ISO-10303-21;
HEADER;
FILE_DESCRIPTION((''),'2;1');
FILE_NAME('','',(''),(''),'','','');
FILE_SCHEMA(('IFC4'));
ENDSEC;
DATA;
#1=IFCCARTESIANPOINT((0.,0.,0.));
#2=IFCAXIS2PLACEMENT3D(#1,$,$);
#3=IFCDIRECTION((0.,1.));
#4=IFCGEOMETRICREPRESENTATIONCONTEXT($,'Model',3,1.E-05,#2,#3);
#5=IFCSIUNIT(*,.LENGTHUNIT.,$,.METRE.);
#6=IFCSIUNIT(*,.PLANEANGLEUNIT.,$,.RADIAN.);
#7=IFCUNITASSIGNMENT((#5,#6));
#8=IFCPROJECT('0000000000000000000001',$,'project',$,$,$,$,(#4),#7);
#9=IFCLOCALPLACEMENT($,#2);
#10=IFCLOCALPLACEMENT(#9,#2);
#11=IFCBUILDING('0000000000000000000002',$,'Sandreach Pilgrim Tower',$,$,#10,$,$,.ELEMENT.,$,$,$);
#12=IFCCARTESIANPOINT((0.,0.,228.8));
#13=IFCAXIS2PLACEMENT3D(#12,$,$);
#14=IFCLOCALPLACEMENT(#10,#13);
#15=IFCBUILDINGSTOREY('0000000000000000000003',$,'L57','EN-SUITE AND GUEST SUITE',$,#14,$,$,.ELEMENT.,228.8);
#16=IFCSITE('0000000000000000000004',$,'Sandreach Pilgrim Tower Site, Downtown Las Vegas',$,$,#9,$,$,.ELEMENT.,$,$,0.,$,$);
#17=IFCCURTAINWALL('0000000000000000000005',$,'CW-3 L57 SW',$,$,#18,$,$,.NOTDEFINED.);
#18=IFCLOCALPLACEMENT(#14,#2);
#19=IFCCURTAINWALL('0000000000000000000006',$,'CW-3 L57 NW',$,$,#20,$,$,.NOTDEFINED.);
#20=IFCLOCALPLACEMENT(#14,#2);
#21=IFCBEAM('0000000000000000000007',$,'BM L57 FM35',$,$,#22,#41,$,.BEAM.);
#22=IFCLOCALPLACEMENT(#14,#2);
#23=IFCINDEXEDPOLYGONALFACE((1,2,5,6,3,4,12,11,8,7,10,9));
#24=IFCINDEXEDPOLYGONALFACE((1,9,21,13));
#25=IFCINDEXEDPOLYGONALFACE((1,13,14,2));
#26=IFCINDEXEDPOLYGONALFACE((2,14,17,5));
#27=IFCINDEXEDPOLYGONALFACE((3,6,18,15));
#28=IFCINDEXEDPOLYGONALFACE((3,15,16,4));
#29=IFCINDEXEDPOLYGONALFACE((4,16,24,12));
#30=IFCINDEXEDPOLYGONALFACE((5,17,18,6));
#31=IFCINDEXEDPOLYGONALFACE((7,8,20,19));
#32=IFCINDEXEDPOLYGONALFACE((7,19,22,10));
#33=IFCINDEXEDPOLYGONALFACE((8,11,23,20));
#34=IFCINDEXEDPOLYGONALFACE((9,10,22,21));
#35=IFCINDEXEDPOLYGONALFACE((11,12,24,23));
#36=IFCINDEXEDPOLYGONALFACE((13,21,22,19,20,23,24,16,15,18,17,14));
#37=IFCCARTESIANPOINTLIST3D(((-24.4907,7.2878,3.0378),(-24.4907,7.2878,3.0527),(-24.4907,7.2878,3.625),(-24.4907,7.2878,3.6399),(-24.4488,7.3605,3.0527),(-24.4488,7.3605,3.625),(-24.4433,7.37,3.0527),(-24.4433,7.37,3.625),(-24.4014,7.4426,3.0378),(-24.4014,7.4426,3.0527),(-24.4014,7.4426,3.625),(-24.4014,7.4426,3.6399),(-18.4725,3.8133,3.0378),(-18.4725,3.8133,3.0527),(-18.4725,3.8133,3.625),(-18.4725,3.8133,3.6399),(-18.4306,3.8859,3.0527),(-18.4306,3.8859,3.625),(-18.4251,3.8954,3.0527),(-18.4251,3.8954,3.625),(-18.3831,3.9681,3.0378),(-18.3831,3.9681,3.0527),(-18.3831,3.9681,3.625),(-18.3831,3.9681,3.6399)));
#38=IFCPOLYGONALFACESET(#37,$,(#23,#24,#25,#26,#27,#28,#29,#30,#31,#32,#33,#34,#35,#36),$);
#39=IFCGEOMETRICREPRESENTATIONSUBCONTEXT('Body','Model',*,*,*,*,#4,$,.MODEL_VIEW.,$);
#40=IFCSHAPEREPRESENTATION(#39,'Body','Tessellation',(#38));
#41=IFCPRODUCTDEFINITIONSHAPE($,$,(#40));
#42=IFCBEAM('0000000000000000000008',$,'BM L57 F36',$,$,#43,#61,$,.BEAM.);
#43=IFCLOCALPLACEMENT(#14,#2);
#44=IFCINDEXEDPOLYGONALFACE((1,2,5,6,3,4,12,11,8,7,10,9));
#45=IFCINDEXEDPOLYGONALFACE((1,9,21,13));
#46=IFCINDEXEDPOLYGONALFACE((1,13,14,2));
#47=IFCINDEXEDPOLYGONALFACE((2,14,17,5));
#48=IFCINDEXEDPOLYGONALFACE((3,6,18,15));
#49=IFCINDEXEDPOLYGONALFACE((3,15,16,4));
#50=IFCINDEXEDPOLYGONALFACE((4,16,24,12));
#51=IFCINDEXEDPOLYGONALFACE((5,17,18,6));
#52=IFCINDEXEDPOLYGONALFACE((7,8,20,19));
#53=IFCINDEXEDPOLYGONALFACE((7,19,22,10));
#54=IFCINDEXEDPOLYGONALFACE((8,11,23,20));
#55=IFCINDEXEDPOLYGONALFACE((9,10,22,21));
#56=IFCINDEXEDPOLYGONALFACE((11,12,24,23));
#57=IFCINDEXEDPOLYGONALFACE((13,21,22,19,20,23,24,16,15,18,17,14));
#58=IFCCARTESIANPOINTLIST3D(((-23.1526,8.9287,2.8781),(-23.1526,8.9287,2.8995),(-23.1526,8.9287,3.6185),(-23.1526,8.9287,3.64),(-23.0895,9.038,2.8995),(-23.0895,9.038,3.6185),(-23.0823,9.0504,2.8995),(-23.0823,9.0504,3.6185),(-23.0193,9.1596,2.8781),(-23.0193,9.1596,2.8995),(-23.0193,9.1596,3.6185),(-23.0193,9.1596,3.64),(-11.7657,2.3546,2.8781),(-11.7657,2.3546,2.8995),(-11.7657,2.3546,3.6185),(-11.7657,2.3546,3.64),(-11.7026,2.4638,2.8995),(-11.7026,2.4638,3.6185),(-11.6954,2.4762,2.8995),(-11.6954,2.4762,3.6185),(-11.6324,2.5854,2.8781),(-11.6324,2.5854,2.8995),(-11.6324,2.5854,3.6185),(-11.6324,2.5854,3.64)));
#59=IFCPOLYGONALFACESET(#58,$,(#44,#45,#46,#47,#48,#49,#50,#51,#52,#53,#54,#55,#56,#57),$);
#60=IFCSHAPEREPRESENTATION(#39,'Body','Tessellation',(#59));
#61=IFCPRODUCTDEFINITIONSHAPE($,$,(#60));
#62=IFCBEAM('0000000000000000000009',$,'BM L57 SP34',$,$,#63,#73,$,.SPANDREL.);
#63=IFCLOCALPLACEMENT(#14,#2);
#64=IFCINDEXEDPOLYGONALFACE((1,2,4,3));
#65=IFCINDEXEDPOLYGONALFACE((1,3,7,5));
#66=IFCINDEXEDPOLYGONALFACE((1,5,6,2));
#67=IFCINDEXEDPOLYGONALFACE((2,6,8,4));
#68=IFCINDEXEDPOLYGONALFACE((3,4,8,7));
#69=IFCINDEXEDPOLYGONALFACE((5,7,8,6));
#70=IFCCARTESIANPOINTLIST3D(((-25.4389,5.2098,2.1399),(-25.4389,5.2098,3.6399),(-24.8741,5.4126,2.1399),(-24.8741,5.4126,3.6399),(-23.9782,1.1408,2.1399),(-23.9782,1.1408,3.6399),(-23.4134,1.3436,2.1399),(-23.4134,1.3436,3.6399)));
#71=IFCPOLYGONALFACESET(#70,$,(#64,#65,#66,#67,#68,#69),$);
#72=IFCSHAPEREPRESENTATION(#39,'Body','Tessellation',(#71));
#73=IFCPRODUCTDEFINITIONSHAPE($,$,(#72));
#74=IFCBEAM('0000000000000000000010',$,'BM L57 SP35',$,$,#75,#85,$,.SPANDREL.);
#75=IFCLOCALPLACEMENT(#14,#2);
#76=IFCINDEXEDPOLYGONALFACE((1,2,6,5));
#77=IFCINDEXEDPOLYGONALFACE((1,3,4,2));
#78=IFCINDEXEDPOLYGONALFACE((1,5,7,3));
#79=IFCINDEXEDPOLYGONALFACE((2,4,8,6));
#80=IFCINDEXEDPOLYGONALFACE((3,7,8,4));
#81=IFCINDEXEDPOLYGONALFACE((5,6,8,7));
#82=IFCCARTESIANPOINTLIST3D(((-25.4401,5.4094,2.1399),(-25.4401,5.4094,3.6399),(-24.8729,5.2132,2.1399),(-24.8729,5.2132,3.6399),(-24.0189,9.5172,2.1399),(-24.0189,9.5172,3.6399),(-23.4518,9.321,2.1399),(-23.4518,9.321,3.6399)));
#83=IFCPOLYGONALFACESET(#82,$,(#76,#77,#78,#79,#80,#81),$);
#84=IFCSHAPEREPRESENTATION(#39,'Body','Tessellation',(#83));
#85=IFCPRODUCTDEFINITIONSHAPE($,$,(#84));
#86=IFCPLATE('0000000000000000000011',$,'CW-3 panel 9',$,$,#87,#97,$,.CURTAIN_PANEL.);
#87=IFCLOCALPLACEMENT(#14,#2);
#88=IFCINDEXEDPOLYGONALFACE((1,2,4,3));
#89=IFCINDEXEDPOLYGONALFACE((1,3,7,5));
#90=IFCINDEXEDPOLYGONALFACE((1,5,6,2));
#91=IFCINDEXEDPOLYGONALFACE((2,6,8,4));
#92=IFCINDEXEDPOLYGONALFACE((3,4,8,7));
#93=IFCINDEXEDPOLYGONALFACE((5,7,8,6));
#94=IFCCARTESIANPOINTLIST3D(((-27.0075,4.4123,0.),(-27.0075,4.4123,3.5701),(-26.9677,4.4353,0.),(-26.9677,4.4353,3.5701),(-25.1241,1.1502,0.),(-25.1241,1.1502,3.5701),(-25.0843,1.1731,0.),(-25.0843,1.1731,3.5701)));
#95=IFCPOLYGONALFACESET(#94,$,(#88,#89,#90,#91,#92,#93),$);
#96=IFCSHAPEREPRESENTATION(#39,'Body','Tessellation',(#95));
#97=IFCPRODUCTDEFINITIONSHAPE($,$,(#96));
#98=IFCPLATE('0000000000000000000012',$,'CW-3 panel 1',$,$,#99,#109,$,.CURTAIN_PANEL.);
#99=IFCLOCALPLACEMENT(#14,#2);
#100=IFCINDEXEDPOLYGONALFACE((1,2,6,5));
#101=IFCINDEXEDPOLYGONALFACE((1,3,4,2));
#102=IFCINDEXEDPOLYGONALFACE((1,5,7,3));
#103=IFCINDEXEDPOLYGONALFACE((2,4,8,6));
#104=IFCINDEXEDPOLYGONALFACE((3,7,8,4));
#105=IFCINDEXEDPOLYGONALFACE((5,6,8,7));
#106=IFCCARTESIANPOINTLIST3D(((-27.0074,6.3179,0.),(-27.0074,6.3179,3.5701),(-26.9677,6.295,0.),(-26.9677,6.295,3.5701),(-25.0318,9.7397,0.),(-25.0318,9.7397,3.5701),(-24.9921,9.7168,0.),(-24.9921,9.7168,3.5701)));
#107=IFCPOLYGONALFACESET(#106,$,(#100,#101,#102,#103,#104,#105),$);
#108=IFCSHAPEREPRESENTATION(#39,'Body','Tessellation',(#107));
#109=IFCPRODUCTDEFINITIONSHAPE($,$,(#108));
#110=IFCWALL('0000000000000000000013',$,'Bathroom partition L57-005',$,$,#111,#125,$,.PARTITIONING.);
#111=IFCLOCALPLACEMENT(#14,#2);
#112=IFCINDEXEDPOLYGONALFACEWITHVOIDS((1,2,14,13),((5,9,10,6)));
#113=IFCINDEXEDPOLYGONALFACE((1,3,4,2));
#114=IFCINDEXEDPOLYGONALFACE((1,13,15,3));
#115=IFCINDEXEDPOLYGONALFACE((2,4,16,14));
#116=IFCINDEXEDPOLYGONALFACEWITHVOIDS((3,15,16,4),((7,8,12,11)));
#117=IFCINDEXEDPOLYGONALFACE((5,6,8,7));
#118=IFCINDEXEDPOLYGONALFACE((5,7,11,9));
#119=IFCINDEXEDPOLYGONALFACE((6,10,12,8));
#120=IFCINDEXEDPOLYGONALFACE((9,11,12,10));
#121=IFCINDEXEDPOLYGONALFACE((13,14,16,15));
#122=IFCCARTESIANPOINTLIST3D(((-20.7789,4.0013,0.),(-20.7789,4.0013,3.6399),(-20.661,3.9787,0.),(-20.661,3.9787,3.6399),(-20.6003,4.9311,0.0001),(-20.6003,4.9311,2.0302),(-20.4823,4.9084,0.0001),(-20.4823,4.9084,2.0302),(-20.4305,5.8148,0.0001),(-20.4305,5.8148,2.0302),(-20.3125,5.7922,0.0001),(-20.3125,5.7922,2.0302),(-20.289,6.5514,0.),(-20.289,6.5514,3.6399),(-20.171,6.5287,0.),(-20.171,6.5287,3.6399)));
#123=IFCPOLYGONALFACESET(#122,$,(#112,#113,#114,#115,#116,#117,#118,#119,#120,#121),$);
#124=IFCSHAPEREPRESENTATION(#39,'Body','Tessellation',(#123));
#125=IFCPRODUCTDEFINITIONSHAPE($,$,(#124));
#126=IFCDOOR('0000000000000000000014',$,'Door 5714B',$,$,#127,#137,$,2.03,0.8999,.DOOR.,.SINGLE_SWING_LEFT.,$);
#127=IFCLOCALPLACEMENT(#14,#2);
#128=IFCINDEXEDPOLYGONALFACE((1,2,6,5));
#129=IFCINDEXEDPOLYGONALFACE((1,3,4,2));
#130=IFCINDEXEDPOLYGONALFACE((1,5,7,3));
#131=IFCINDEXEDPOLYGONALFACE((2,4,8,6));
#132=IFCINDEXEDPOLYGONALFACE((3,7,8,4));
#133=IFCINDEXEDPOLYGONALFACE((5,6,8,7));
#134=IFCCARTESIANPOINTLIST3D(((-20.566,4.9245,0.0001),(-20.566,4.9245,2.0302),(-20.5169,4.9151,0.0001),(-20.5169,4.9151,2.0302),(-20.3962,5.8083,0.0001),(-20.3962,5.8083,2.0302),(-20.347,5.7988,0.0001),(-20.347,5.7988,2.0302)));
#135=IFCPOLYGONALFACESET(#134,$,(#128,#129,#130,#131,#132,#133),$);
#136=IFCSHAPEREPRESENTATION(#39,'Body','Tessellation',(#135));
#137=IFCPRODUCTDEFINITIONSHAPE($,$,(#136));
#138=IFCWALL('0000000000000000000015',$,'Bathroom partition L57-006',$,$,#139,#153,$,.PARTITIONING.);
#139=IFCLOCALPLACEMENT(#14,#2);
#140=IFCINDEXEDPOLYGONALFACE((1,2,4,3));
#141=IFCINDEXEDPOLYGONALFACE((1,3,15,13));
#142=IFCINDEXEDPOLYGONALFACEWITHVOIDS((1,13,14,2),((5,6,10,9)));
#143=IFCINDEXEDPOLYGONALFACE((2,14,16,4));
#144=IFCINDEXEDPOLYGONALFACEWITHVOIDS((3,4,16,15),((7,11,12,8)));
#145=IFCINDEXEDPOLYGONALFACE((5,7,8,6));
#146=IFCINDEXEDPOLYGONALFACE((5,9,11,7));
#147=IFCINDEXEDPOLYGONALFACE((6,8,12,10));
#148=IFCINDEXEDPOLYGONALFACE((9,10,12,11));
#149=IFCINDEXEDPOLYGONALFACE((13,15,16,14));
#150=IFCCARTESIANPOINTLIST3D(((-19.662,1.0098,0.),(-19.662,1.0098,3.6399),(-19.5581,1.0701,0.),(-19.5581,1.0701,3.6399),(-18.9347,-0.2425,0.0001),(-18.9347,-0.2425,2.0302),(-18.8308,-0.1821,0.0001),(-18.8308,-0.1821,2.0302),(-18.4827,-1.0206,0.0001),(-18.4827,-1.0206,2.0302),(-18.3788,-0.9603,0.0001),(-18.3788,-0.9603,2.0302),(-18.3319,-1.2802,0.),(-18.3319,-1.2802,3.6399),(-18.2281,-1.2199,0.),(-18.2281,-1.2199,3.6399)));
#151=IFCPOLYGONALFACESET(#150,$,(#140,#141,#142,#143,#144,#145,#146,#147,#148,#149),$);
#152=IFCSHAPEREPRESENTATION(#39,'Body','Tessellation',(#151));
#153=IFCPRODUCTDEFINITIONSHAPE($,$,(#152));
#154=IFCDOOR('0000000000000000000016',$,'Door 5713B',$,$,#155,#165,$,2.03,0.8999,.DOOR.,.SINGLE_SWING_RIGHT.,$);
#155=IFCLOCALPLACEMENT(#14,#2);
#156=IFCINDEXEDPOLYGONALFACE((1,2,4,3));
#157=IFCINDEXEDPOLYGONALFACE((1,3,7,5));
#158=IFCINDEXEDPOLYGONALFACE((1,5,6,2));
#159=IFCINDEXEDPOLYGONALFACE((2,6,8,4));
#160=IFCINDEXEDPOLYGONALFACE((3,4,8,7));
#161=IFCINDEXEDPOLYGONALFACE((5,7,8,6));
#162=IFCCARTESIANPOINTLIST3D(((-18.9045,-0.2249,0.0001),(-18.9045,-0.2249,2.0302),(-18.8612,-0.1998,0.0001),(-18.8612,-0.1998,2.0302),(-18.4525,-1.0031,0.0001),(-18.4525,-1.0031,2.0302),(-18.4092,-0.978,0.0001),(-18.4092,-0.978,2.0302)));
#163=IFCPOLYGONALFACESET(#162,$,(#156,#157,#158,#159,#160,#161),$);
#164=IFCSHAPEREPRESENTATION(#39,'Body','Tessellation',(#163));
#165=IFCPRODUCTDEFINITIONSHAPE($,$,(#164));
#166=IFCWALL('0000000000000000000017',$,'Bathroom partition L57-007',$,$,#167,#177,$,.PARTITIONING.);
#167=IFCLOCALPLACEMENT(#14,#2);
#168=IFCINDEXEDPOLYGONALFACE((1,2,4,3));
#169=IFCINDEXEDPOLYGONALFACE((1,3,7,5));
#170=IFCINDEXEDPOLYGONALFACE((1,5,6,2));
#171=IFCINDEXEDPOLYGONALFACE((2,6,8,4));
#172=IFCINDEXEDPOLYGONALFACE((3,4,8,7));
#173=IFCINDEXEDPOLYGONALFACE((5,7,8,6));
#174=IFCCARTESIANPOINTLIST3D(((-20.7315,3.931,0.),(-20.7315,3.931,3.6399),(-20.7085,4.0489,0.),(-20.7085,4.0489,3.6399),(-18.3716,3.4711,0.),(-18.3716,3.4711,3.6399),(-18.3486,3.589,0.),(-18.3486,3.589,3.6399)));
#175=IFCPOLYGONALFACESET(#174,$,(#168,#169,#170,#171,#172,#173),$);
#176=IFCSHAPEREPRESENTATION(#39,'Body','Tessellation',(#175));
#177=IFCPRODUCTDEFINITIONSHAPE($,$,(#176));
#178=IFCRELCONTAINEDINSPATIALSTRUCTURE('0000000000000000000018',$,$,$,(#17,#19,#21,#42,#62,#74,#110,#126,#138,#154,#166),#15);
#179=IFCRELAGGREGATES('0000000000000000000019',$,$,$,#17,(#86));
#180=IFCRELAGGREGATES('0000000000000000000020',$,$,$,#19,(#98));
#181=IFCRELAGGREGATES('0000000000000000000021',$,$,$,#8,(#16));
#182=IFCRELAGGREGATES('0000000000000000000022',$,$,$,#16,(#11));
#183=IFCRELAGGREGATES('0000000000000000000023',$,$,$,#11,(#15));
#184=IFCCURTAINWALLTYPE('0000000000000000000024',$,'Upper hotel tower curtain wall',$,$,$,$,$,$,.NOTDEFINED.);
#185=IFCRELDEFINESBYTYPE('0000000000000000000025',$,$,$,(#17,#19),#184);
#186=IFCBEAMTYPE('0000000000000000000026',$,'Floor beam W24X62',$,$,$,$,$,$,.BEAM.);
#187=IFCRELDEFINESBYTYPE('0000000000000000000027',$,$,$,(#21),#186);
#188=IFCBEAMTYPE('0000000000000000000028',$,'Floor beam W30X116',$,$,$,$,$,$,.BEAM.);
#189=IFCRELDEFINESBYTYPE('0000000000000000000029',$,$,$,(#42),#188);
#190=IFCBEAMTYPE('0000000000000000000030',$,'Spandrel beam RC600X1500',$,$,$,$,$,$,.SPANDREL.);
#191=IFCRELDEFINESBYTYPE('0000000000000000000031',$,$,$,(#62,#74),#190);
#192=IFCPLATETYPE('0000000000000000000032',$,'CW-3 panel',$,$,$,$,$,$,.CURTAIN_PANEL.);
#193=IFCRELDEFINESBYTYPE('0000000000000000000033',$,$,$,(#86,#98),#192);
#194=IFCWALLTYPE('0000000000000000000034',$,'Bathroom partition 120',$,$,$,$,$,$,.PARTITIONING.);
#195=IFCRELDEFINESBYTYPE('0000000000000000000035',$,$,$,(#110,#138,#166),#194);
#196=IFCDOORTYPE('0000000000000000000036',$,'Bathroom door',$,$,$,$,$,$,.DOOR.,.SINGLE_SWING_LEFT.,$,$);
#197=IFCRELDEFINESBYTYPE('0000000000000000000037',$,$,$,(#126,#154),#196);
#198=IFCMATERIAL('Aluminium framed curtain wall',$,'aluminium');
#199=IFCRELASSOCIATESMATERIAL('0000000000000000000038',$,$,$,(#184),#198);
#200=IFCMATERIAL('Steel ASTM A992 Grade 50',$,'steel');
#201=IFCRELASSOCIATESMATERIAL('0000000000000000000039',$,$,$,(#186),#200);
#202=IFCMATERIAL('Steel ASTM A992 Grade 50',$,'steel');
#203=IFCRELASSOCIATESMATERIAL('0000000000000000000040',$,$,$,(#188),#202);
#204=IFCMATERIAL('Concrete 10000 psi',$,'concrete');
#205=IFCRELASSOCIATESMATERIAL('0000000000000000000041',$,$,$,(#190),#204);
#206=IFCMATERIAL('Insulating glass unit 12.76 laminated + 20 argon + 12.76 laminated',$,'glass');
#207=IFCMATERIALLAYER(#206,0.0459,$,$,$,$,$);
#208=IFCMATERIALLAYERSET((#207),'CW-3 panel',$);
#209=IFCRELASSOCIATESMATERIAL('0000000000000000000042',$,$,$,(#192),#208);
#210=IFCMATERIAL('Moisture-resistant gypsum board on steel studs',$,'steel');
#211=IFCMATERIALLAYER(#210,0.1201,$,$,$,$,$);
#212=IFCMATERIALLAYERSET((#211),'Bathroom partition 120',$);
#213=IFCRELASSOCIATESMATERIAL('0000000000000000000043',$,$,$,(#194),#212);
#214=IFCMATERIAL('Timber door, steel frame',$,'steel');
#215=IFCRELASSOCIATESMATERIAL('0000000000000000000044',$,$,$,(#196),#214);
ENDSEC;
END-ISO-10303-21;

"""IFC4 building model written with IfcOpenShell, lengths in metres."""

from ifc_helpers import new_model, si_unit, direction, frame, frame_2d, origin, origin_2d, place, context, subcontext, project, spatial, rectangle, i_section, extrude, material, layer, layer_set, material_profile, profile_set, type_object, element, fill, aggregate, save


model = new_model("IFC4")

# Units and contexts
model_context = context("Model", 3, precision=1e-05, world=origin(), true_north=direction((0.0, 1.0)))
body_context = subcontext(model_context, "Body", "Model", "MODEL_VIEW")
ifc_project = project(units=[si_unit("LENGTHUNIT", "METRE"), si_unit("PLANEANGLEUNIT", "RADIAN")], contexts=[model_context])

# Site, building, storey
site_placement = place(None, origin())
site = spatial("IfcSite", under=ifc_project, at=site_placement, Name="Sandreach Pilgrim Tower Site, Downtown Las Vegas", CompositionType="ELEMENT", RefElevation=0.0)
building_placement = place(site_placement, origin())
building = spatial("IfcBuilding", under=site, at=building_placement, Name="Sandreach Pilgrim Tower", CompositionType="ELEMENT")
storey_placement = place(building_placement, frame((0.0, 0.0, 228.8)))
storey = spatial("IfcBuildingStorey", under=building, at=storey_placement, Name="L57", Description="EN-SUITE AND GUEST SUITE", CompositionType="ELEMENT", Elevation=228.8)

# Curtain wall
ifc_material_1 = material(Name="Aluminium framed curtain wall", Category="aluminium")
curtain_wall_type = type_object("IfcCurtainWallType", Name="Upper hotel tower curtain wall", PredefinedType="NOTDEFINED", material=ifc_material_1)
curtain_wall_1_placement = place(storey_placement, origin())
curtain_wall_1 = element("IfcCurtainWall", 1, at=curtain_wall_1_placement, inside=storey, type_object=curtain_wall_type, Name="CW-3 L57 SW", PredefinedType="NOTDEFINED")

# Curtain wall
curtain_wall_2_placement = place(storey_placement, origin())
curtain_wall_2 = element("IfcCurtainWall", 2, at=curtain_wall_2_placement, inside=storey, type_object=curtain_wall_type, Name="CW-3 L57 NW", PredefinedType="NOTDEFINED")

# Beams
ifc_material_2 = material(Name="Steel ASTM A992 Grade 50", Category="steel")
ifc_material_profile_1 = material_profile(ifc_material_2, i_section(OverallWidth=0.1787, OverallDepth=0.6021, WebThickness=0.011, FlangeThickness=0.0149, at=origin_2d()), Name="W24X62")
ifc_profile_set_1 = profile_set([ifc_material_profile_1], Name="Steel ASTM A992 Grade 50")
beam_type_1 = type_object("IfcBeamType", Name="Floor beam W24X62", PredefinedType="BEAM", material=ifc_profile_set_1)
beam_1_placement = place(storey_placement, frame((-24.446, 7.3652, 3.3389), z_axis=(0.866029, -0.499993, 0.0), x_axis=(0.499993, 0.866029, 0.0)))
element("IfcBeam", 3, at=beam_1_placement, inside=storey, type_object=beam_type_1, Name="BM L57 FM35", PredefinedType="BEAM", context=body_context, shape_type="SweptSolid", body=[
    extrude(i_section(OverallWidth=0.1787, OverallDepth=0.6021, WebThickness=0.011, FlangeThickness=0.0149, at=origin_2d()), origin(), (0.0, 0.0, 1.0), 6.9492),
])
ifc_material_3 = material(Name="Steel ASTM A992 Grade 50", Category="steel")
ifc_material_profile_2 = material_profile(ifc_material_3, i_section(OverallWidth=0.2666, OverallDepth=0.762, WebThickness=0.0144, FlangeThickness=0.0215, at=origin_2d()), Name="W30X116")
ifc_profile_set_2 = profile_set([ifc_material_profile_2], Name="Steel ASTM A992 Grade 50")
beam_type_2 = type_object("IfcBeamType", Name="Floor beam W30X116", PredefinedType="BEAM", material=ifc_profile_set_2)
beam_2_placement = place(storey_placement, frame((-23.0859, 9.0442, 3.259), z_axis=(0.866027, -0.499997, 0.0), x_axis=(0.499997, 0.866027, 0.0)))
element("IfcBeam", 4, at=beam_2_placement, inside=storey, type_object=beam_type_2, Name="BM L57 F36", PredefinedType="BEAM", context=body_context, shape_type="SweptSolid", body=[
    extrude(i_section(OverallWidth=0.2666, OverallDepth=0.762, WebThickness=0.0144, FlangeThickness=0.0215, at=origin_2d()), origin(), (0.0, 0.0, 1.0), 13.1484),
])
ifc_material_4 = material(Name="Concrete 10000 psi", Category="concrete")
ifc_material_profile_3 = material_profile(ifc_material_4, rectangle(XDim=0.6001, YDim=1.5, at=origin_2d()), Name="RC600X1500")
ifc_profile_set_3 = profile_set([ifc_material_profile_3], Name="Concrete 10000 psi")
beam_type_3 = type_object("IfcBeamType", Name="Spandrel beam RC600X1500", PredefinedType="SPANDREL", material=ifc_profile_set_3)
beam_3_placement = place(storey_placement, frame((-23.6958, 1.2422, 2.8899), z_axis=(-0.337863, 0.941195, 0.0), x_axis=(-0.941195, -0.337863, 0.0)))
element("IfcBeam", 5, at=beam_3_placement, inside=storey, type_object=beam_type_3, Name="BM L57 SP34", PredefinedType="SPANDREL", context=body_context, shape_type="SweptSolid", body=[
    extrude(rectangle(XDim=0.6001, YDim=1.5, at=origin_2d()), origin(), (0.0, 0.0, 1.0), 4.3232),
])
beam_4_placement = place(storey_placement, frame((-25.1565, 5.3113, 2.8899), z_axis=(0.326941, 0.945045, 0.0), x_axis=(-0.945045, 0.326941, 0.0)))
element("IfcBeam", 6, at=beam_4_placement, inside=storey, type_object=beam_type_3, Name="BM L57 SP35", PredefinedType="SPANDREL", context=body_context, shape_type="SweptSolid", body=[
    extrude(rectangle(XDim=0.6001, YDim=1.5, at=origin_2d()), origin(), (0.0, 0.0, 1.0), 4.3467),
])

# Plates
ifc_material_5 = material(Name="Insulating glass unit 12.76 laminated + 20 argon + 12.76 laminated", Category="glass")
ifc_layer_1 = layer(ifc_material_5, 0.0459)
ifc_layer_set_1 = layer_set([ifc_layer_1], Name="CW-3 panel")
plate_type = type_object("IfcPlateType", Name="CW-3 panel", PredefinedType="CURTAIN_PANEL", material=ifc_layer_set_1)
plate_1_placement = place(storey_placement, frame((-26.0459, 2.7927, 0.0), z_axis=(0.0, 0.0, 1.0), x_axis=(-0.5, 0.866025, 0.0)))
plate_1 = element("IfcPlate", 7, at=plate_1_placement, type_object=plate_type, Name="CW-3 panel 9", PredefinedType="CURTAIN_PANEL", context=body_context, shape_type="SweptSolid", body=[
    extrude(rectangle(XDim=3.7668, YDim=0.0459, at=origin_2d()), origin(), (0.0, 0.0, 1.0), 3.5701),
])
aggregate(curtain_wall_1, [plate_1])
plate_2_placement = place(storey_placement, frame((-25.9998, 8.0173, 0.0), z_axis=(0.0, 0.0, 1.0), x_axis=(0.5, 0.866025, 0.0)))
plate_2 = element("IfcPlate", 8, at=plate_2_placement, type_object=plate_type, Name="CW-3 panel 1", PredefinedType="CURTAIN_PANEL", context=body_context, shape_type="SweptSolid", body=[
    extrude(rectangle(XDim=3.9512, YDim=0.0459, at=origin_2d()), origin(), (0.0, 0.0, 1.0), 3.5701),
])
aggregate(curtain_wall_2, [plate_2])

# Walls, openings, doors
ifc_material_6 = material(Name="Moisture-resistant gypsum board on steel studs", Category="steel")
ifc_layer_2 = layer(ifc_material_6, 0.1201)
ifc_layer_set_2 = layer_set([ifc_layer_2], Name="Bathroom partition 120")
wall_type_1 = type_object("IfcWallType", Name="Bathroom partition 120", PredefinedType="PARTITIONING", material=ifc_layer_set_2)
wall_1_placement = place(storey_placement, frame((-20.23, 6.54, 0.0), z_axis=(0.0, 0.0, 1.0), x_axis=(-0.188697, -0.982035, 0.0)))
wall_1 = element("IfcWall", 9, at=wall_1_placement, inside=storey, type_object=wall_type_1, Name="Bathroom partition L57-005", PredefinedType="PARTITIONING", context=body_context, shape_type="SweptSolid", body=[
    extrude(rectangle(XDim=2.5967, YDim=0.1201, at=frame_2d((1.2983, 0.0))), origin(), (0.0, 0.0, 1.0), 3.6399),
])
opening_1_placement = place(wall_1_placement, frame((0.75, 0.0, 0.0)))
opening_1 = element("IfcOpeningElement", 10, at=opening_1_placement, cuts=wall_1, PredefinedType="OPENING", context=body_context, shape_type="SweptSolid", body=[
    extrude(rectangle(XDim=0.8999, YDim=2.03, at=frame_2d((0.45, 1.0151))), frame((0.0, 0.0601, 0.0), z_axis=(0.0, -1.0, 0.0), x_axis=(1.0, 0.0, 0.0)), (0.0, 0.0, 1.0), 0.1201),
])
ifc_material_7 = material(Name="Timber door, steel frame", Category="steel")
door_type_1 = type_object("IfcDoorType", Name="Bathroom door", OperationType="SINGLE_SWING_LEFT", PredefinedType="DOOR", material=ifc_material_7)
door_1_placement = place(opening_1_placement, origin())
door_1 = element("IfcDoor", 11, at=door_1_placement, inside=storey, type_object=door_type_1, Name="Door 5714B", OperationType="SINGLE_SWING_LEFT", OverallHeight=2.03, OverallWidth=0.8999, PredefinedType="DOOR", context=body_context, shape_type="SweptSolid", body=[
    extrude(rectangle(XDim=0.8999, YDim=2.03, at=frame_2d((0.45, 1.0151))), frame((0.0, 0.0249, 0.0), z_axis=(0.0, -1.0, 0.0), x_axis=(1.0, 0.0, 0.0)), (0.0, 0.0, 1.0), 0.05),
])
fill(opening_1, door_1)
wall_2_placement = place(storey_placement, frame((-19.6101, 1.04, 0.0), z_axis=(0.0, 0.0, 1.0), x_axis=(0.502242, -0.864727, 0.0)))
wall_2 = element("IfcWall", 12, at=wall_2_placement, inside=storey, type_object=wall_type_1, Name="Bathroom partition L57-006", PredefinedType="PARTITIONING", context=body_context, shape_type="SweptSolid", body=[
    extrude(rectangle(XDim=2.6482, YDim=0.1201, at=frame_2d((1.3242, 0.0))), origin(), (0.0, 0.0, 1.0), 3.6399),
])
opening_2_placement = place(wall_2_placement, frame((1.4482, 0.0, 0.0)))
opening_2 = element("IfcOpeningElement", 13, at=opening_2_placement, cuts=wall_2, PredefinedType="OPENING", context=body_context, shape_type="SweptSolid", body=[
    extrude(rectangle(XDim=0.8999, YDim=2.03, at=frame_2d((0.45, 1.0151))), frame((0.0, 0.0601, 0.0), z_axis=(0.0, -1.0, 0.0), x_axis=(1.0, 0.0, 0.0)), (0.0, 0.0, 1.0), 0.1201),
])
door_2_placement = place(opening_2_placement, origin())
door_2 = element("IfcDoor", 14, at=door_2_placement, inside=storey, type_object=door_type_1, Name="Door 5713B", OperationType="SINGLE_SWING_RIGHT", OverallHeight=2.03, OverallWidth=0.8999, PredefinedType="DOOR", context=body_context, shape_type="SweptSolid", body=[
    extrude(rectangle(XDim=0.8999, YDim=2.03, at=frame_2d((0.45, 1.0151))), frame((0.0, 0.0249, 0.0), z_axis=(0.0, -1.0, 0.0), x_axis=(1.0, 0.0, 0.0)), (0.0, 0.0, 1.0), 0.05),
])
fill(opening_2, door_2)

# Wall
wall_3_placement = place(storey_placement, frame((-18.3601, 3.53, 0.0), z_axis=(0.0, 0.0, 1.0), x_axis=(-0.98153, 0.19131, 0.0)))
element("IfcWall", 15, at=wall_3_placement, inside=storey, type_object=wall_type_1, Name="Bathroom partition L57-007", PredefinedType="PARTITIONING", context=body_context, shape_type="SweptSolid", body=[
    extrude(rectangle(XDim=2.4043, YDim=0.1201, at=frame_2d((1.2021, 0.0))), origin(), (0.0, 0.0, 1.0), 3.6399),
])

save(model, "model.ifc")
